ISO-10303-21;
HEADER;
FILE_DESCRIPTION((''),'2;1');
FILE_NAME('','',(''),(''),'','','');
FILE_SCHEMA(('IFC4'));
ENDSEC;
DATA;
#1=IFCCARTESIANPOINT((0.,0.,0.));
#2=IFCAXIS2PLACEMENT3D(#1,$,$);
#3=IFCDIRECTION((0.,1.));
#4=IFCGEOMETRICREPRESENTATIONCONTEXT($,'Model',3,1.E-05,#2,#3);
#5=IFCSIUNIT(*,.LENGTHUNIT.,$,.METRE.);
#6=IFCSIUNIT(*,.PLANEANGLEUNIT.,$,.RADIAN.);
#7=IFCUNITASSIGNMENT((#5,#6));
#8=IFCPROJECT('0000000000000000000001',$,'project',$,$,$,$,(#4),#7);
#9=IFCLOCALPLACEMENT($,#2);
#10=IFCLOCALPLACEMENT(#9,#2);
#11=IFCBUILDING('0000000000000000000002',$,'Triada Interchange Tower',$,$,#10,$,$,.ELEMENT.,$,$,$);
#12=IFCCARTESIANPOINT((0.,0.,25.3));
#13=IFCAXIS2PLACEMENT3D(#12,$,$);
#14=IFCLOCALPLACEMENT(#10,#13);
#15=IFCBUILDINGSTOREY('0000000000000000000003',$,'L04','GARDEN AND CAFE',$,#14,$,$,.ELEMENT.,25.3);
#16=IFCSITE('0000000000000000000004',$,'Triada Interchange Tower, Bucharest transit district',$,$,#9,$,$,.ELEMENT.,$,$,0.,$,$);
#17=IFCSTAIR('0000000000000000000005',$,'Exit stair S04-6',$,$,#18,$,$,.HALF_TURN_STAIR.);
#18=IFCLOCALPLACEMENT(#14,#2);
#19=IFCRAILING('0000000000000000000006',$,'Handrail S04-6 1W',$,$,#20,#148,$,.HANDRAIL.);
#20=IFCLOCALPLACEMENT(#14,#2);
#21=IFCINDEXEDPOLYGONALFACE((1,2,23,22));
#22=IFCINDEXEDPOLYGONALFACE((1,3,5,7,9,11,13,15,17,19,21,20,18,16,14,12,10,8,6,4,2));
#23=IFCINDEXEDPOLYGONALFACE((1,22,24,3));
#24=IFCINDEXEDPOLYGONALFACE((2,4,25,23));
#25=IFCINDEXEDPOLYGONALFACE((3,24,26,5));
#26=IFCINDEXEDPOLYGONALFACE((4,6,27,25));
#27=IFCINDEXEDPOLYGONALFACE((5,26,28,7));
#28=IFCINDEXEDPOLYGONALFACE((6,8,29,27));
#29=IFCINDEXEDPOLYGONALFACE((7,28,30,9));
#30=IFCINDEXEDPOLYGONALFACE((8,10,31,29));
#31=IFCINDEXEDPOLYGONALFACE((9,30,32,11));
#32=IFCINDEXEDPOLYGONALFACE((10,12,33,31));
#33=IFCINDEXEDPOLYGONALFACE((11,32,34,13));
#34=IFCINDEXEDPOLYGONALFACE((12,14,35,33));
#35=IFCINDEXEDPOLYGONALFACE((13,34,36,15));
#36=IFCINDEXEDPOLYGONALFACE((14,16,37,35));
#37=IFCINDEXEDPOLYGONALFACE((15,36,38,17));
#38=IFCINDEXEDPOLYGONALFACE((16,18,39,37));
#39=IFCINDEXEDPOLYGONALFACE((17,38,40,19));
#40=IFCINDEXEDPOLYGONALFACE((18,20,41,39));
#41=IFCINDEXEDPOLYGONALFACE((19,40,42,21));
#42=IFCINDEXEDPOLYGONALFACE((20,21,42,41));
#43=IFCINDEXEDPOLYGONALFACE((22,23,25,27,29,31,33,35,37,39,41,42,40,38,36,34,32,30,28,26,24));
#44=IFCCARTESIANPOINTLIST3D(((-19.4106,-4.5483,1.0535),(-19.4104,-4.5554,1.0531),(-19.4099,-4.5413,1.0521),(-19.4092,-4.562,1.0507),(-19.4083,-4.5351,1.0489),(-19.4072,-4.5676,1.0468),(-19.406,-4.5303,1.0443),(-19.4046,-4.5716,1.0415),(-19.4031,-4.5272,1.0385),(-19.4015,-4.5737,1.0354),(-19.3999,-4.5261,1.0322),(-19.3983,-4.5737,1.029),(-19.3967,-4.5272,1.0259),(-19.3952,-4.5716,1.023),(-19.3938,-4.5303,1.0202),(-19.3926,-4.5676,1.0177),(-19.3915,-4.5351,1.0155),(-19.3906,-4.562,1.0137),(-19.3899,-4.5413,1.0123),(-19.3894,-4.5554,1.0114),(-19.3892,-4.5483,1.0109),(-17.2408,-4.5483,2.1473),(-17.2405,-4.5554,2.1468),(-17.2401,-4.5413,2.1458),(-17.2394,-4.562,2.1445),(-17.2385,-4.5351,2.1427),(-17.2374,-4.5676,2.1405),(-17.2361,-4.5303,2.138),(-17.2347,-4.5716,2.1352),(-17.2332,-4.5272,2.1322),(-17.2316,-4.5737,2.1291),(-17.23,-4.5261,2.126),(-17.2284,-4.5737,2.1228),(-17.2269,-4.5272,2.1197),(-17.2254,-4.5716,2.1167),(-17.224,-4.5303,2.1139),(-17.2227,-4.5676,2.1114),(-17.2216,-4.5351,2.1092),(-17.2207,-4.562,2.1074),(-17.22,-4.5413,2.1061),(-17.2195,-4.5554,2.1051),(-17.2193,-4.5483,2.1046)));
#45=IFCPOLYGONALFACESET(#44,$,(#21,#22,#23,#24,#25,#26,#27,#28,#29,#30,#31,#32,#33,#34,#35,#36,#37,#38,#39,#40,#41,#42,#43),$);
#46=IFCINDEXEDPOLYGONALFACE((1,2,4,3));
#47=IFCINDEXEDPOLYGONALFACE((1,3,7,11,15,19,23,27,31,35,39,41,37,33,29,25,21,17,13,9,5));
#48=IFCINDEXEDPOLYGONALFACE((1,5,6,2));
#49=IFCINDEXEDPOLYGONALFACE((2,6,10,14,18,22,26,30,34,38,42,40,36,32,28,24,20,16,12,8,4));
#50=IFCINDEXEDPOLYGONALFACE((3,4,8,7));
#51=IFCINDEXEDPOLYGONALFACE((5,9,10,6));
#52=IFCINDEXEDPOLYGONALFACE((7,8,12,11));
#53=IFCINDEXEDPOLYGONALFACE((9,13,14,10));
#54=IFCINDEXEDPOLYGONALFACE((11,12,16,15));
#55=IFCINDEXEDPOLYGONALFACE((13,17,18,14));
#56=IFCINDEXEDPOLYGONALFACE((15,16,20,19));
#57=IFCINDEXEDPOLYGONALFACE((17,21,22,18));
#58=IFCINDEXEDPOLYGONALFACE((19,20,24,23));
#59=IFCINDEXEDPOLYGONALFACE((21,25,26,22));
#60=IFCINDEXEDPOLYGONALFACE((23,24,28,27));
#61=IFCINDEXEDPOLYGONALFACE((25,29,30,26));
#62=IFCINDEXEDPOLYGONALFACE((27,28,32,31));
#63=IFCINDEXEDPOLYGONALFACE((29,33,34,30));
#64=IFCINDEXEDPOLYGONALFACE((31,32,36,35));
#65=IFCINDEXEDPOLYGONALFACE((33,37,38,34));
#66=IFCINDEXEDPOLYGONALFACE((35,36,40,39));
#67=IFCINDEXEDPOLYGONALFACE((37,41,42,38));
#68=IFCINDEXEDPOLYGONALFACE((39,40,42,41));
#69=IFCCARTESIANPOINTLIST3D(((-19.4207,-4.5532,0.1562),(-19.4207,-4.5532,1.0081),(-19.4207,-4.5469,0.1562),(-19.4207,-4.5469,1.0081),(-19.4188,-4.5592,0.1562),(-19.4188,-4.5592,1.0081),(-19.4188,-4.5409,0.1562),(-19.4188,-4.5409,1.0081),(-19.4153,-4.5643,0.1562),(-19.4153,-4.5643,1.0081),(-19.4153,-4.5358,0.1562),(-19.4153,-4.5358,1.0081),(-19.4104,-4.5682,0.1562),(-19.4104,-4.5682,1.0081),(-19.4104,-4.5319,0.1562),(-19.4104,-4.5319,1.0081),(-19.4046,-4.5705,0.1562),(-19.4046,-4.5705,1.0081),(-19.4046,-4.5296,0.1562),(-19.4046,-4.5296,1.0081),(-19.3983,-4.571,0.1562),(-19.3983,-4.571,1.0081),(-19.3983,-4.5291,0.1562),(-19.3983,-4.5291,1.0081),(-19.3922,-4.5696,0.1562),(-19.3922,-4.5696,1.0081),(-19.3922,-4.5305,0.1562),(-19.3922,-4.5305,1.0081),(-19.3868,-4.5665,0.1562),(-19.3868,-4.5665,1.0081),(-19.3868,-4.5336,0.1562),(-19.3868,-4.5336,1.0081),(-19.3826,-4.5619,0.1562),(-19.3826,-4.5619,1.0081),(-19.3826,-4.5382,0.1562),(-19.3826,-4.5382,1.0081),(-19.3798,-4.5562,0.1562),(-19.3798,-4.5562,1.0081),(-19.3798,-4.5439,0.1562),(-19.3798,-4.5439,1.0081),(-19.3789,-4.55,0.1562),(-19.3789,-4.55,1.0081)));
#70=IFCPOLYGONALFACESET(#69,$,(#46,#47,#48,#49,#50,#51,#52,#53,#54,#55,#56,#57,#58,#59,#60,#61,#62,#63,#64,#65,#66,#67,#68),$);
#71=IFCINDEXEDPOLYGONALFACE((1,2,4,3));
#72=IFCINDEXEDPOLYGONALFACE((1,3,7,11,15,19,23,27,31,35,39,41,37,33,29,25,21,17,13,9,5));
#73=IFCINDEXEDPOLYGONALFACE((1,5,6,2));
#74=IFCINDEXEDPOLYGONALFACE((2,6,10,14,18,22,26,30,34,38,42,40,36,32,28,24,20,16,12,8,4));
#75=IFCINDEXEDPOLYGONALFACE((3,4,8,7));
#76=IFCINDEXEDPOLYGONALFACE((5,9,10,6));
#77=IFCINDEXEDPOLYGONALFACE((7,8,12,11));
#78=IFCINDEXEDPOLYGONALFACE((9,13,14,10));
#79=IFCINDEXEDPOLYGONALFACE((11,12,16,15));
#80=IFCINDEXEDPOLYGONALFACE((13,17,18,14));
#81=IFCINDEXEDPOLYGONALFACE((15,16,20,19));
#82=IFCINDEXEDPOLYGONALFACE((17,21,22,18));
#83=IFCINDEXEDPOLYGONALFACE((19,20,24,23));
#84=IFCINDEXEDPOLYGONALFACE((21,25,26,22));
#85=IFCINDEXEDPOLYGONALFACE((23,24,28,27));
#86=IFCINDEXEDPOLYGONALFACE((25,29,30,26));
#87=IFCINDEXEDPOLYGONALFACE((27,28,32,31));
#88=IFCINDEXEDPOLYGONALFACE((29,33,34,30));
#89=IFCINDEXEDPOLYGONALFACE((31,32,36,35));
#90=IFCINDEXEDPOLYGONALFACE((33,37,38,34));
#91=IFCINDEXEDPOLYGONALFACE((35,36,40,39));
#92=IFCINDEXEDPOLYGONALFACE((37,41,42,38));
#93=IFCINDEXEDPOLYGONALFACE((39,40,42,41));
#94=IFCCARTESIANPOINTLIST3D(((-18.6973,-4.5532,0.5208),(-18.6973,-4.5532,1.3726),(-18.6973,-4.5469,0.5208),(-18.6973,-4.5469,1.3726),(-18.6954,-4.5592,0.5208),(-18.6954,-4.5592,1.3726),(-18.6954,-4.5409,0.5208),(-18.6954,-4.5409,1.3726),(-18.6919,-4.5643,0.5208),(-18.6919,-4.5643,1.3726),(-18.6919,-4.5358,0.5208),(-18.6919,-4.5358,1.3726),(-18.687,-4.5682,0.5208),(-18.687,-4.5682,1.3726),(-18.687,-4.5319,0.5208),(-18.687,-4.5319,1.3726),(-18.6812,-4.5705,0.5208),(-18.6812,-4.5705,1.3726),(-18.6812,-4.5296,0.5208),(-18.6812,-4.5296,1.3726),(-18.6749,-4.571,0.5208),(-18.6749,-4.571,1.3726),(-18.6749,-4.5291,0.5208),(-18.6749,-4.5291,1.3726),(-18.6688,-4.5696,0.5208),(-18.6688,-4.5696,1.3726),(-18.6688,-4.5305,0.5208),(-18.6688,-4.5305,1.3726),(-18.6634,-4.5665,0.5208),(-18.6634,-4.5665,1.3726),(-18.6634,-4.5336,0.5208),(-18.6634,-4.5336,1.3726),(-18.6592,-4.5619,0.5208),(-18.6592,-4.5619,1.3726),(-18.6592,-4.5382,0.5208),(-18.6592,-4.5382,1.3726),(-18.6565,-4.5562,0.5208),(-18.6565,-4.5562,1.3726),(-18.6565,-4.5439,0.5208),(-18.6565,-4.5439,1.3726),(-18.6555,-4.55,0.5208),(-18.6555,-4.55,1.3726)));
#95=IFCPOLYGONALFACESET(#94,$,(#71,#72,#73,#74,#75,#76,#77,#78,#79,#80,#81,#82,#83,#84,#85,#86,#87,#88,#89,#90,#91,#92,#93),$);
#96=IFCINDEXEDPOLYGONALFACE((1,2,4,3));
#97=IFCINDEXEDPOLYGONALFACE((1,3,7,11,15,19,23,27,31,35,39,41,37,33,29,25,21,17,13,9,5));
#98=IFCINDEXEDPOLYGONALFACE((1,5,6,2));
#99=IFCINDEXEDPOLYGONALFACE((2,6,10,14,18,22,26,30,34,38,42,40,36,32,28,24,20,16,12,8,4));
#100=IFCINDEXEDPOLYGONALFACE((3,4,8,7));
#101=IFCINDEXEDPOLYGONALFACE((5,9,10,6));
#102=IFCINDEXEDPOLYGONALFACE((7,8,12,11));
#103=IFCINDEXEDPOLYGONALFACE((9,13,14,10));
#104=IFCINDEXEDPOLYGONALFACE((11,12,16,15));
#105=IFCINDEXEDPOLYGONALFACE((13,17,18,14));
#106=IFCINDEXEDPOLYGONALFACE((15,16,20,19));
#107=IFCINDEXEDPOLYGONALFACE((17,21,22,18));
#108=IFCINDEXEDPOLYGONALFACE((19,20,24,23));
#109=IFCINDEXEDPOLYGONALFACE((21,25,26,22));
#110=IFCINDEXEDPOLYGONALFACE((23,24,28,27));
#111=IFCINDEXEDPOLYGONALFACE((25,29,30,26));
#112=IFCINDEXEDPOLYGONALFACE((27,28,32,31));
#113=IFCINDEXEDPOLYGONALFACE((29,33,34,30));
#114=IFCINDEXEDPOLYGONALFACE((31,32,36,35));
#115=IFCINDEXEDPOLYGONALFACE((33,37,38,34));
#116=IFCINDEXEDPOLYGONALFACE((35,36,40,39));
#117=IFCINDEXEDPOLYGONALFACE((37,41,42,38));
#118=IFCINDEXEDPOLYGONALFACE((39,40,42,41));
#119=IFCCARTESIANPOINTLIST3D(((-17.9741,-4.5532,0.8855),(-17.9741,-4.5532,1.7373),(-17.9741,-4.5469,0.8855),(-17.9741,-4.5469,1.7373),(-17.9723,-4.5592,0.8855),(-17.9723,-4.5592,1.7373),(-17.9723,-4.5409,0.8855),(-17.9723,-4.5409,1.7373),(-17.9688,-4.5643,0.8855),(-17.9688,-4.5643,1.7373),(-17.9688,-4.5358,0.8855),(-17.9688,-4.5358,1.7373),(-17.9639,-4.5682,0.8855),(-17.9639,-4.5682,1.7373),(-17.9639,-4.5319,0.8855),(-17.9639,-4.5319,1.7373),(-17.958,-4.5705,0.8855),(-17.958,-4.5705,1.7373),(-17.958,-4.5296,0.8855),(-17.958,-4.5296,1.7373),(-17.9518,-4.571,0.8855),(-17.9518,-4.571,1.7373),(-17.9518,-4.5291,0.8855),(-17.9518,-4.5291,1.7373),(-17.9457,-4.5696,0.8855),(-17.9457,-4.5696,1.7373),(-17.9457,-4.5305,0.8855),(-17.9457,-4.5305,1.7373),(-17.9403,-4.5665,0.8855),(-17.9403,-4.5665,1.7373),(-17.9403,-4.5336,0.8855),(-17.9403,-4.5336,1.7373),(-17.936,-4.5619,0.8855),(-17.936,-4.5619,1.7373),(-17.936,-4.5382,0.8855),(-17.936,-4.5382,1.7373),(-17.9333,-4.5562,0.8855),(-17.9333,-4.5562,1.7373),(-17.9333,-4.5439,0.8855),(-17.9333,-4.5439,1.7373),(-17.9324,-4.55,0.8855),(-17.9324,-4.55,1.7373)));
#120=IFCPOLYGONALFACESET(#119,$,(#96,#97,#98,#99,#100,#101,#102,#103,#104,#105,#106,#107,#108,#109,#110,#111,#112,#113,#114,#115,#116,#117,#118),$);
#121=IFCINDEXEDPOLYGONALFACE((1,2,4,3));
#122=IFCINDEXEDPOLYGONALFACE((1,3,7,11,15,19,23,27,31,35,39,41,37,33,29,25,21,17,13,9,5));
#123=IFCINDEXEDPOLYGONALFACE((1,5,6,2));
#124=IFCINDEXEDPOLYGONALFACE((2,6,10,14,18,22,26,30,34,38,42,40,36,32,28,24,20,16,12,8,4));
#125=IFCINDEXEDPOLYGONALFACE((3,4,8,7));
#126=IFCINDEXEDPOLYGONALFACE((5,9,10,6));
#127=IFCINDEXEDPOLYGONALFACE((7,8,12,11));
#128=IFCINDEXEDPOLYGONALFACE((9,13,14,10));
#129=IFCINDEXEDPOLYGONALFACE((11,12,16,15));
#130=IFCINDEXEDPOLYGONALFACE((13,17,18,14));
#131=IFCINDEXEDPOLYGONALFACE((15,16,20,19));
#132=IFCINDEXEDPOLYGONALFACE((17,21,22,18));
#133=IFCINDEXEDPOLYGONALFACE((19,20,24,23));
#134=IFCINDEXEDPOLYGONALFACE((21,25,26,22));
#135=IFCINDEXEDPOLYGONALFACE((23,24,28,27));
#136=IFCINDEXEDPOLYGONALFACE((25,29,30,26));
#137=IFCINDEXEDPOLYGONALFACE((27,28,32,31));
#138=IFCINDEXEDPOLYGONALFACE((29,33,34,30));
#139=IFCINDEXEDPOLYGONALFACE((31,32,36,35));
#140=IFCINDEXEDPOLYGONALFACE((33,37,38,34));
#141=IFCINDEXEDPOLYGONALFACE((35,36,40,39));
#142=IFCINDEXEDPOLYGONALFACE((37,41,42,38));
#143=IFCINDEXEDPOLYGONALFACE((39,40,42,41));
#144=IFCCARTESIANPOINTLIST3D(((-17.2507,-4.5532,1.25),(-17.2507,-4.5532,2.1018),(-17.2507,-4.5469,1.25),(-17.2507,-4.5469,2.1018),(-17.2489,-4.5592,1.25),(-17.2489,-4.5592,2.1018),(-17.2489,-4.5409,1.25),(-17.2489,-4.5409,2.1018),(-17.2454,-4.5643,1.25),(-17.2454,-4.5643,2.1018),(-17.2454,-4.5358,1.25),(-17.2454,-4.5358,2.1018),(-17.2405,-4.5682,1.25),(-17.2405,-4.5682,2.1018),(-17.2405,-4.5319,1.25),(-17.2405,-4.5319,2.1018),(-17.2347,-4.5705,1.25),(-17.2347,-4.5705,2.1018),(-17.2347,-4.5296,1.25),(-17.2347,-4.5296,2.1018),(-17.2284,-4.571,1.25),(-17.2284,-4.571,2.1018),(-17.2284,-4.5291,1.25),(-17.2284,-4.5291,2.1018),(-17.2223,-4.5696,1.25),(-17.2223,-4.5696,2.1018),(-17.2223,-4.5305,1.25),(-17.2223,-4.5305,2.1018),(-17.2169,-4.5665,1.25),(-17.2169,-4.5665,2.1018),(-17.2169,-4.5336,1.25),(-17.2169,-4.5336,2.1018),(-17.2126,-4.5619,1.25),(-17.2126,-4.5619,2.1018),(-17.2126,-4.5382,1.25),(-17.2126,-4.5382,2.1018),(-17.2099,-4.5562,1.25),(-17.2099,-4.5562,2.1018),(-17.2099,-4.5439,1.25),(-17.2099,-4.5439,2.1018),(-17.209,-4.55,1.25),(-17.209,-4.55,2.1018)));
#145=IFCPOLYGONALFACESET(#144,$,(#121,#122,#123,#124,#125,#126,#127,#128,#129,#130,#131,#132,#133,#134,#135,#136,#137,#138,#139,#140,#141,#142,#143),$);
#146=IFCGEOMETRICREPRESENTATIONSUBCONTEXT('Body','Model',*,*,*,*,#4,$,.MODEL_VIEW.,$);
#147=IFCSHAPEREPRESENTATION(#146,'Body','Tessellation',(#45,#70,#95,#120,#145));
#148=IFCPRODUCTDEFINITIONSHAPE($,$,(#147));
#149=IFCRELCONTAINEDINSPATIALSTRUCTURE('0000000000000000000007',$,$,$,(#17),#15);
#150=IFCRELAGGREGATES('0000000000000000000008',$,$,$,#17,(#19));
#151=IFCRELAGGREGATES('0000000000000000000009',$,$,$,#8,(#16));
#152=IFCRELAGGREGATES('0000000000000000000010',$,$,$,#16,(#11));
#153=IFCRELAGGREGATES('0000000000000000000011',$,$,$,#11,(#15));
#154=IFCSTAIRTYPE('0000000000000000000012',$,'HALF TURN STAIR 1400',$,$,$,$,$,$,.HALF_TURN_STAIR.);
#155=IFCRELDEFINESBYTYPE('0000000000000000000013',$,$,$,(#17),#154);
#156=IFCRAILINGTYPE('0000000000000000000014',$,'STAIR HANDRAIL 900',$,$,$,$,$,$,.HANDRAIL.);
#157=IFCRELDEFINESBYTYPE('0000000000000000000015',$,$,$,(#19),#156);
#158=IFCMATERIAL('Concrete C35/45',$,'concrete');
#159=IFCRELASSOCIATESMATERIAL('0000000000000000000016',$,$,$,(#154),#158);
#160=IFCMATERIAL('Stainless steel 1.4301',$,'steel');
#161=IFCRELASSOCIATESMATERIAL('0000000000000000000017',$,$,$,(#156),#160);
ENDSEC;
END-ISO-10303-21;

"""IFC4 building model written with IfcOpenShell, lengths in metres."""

from ifc_helpers import new_model, si_unit, direction, frame, origin, origin_2d, place, context, subcontext, project, spatial, circle, extrude, material, type_object, element, aggregate, save


model = new_model("IFC4")

# Units and contexts
model_context = context("Model", 3, precision=1e-05, world=origin(), true_north=direction((0.0, 1.0)))
body_context = subcontext(model_context, "Body", "Model", "MODEL_VIEW")
ifc_project = project(units=[si_unit("LENGTHUNIT", "METRE"), si_unit("PLANEANGLEUNIT", "RADIAN")], contexts=[model_context])

# Site, building, storey
site_placement = place(None, origin())
site = spatial("IfcSite", under=ifc_project, at=site_placement, Name="Triada Interchange Tower, Bucharest transit district", CompositionType="ELEMENT", RefElevation=0.0)
building_placement = place(site_placement, origin())
building = spatial("IfcBuilding", under=site, at=building_placement, Name="Triada Interchange Tower", CompositionType="ELEMENT")
storey_placement = place(building_placement, frame((0.0, 0.0, 25.3)))
storey = spatial("IfcBuildingStorey", under=building, at=storey_placement, Name="L04", Description="GARDEN AND CAFE", CompositionType="ELEMENT", Elevation=25.3)

# Shared definitions
ifc_material_1 = material(Name="Concrete C35/45", Category="concrete")

# Stair, railing
stair_type = type_object("IfcStairType", Name="HALF TURN STAIR 1400", PredefinedType="HALF_TURN_STAIR", material=ifc_material_1)
stair_placement = place(storey_placement, origin())
stair = element("IfcStair", 1, at=stair_placement, inside=storey, type_object=stair_type, Name="Exit stair S04-6", PredefinedType="HALF_TURN_STAIR")
ifc_material_2 = material(Name="Stainless steel 1.4301", Category="steel")
railing_type_1 = type_object("IfcRailingType", Name="STAIR HANDRAIL 900", PredefinedType="HANDRAIL", material=ifc_material_2)
railing_1_placement = place(storey_placement, frame((-19.3999, -4.55, 0.1562)))
railing_1 = element("IfcRailing", 2, at=railing_1_placement, type_object=railing_type_1, Name="Handrail S04-6 1W", PredefinedType="HANDRAIL", context=body_context, shape_type="SweptSolid", body=[
    extrude(circle(Radius=0.0239, at=origin_2d()), frame((0.0, 0.0, 0.876), z_axis=(0.892976, 0.0, 0.450105), x_axis=(0.0, 1.0, 0.0)), (0.0, 0.0, 1.0), 2.4299),
    extrude(circle(Radius=0.021, at=origin_2d()), origin(), (0.0, 0.0, 1.0), 0.8518),
    extrude(circle(Radius=0.021, at=origin_2d()), frame((0.7234, 0.0, 0.3645)), (0.0, 0.0, 1.0), 0.8518),
    extrude(circle(Radius=0.021, at=origin_2d()), frame((1.4465, 0.0, 0.7292)), (0.0, 0.0, 1.0), 0.8518),
    extrude(circle(Radius=0.021, at=origin_2d()), frame((2.1699, 0.0, 1.0938)), (0.0, 0.0, 1.0), 0.8518),
])
aggregate(stair, [railing_1])

save(model, "model.ifc")
